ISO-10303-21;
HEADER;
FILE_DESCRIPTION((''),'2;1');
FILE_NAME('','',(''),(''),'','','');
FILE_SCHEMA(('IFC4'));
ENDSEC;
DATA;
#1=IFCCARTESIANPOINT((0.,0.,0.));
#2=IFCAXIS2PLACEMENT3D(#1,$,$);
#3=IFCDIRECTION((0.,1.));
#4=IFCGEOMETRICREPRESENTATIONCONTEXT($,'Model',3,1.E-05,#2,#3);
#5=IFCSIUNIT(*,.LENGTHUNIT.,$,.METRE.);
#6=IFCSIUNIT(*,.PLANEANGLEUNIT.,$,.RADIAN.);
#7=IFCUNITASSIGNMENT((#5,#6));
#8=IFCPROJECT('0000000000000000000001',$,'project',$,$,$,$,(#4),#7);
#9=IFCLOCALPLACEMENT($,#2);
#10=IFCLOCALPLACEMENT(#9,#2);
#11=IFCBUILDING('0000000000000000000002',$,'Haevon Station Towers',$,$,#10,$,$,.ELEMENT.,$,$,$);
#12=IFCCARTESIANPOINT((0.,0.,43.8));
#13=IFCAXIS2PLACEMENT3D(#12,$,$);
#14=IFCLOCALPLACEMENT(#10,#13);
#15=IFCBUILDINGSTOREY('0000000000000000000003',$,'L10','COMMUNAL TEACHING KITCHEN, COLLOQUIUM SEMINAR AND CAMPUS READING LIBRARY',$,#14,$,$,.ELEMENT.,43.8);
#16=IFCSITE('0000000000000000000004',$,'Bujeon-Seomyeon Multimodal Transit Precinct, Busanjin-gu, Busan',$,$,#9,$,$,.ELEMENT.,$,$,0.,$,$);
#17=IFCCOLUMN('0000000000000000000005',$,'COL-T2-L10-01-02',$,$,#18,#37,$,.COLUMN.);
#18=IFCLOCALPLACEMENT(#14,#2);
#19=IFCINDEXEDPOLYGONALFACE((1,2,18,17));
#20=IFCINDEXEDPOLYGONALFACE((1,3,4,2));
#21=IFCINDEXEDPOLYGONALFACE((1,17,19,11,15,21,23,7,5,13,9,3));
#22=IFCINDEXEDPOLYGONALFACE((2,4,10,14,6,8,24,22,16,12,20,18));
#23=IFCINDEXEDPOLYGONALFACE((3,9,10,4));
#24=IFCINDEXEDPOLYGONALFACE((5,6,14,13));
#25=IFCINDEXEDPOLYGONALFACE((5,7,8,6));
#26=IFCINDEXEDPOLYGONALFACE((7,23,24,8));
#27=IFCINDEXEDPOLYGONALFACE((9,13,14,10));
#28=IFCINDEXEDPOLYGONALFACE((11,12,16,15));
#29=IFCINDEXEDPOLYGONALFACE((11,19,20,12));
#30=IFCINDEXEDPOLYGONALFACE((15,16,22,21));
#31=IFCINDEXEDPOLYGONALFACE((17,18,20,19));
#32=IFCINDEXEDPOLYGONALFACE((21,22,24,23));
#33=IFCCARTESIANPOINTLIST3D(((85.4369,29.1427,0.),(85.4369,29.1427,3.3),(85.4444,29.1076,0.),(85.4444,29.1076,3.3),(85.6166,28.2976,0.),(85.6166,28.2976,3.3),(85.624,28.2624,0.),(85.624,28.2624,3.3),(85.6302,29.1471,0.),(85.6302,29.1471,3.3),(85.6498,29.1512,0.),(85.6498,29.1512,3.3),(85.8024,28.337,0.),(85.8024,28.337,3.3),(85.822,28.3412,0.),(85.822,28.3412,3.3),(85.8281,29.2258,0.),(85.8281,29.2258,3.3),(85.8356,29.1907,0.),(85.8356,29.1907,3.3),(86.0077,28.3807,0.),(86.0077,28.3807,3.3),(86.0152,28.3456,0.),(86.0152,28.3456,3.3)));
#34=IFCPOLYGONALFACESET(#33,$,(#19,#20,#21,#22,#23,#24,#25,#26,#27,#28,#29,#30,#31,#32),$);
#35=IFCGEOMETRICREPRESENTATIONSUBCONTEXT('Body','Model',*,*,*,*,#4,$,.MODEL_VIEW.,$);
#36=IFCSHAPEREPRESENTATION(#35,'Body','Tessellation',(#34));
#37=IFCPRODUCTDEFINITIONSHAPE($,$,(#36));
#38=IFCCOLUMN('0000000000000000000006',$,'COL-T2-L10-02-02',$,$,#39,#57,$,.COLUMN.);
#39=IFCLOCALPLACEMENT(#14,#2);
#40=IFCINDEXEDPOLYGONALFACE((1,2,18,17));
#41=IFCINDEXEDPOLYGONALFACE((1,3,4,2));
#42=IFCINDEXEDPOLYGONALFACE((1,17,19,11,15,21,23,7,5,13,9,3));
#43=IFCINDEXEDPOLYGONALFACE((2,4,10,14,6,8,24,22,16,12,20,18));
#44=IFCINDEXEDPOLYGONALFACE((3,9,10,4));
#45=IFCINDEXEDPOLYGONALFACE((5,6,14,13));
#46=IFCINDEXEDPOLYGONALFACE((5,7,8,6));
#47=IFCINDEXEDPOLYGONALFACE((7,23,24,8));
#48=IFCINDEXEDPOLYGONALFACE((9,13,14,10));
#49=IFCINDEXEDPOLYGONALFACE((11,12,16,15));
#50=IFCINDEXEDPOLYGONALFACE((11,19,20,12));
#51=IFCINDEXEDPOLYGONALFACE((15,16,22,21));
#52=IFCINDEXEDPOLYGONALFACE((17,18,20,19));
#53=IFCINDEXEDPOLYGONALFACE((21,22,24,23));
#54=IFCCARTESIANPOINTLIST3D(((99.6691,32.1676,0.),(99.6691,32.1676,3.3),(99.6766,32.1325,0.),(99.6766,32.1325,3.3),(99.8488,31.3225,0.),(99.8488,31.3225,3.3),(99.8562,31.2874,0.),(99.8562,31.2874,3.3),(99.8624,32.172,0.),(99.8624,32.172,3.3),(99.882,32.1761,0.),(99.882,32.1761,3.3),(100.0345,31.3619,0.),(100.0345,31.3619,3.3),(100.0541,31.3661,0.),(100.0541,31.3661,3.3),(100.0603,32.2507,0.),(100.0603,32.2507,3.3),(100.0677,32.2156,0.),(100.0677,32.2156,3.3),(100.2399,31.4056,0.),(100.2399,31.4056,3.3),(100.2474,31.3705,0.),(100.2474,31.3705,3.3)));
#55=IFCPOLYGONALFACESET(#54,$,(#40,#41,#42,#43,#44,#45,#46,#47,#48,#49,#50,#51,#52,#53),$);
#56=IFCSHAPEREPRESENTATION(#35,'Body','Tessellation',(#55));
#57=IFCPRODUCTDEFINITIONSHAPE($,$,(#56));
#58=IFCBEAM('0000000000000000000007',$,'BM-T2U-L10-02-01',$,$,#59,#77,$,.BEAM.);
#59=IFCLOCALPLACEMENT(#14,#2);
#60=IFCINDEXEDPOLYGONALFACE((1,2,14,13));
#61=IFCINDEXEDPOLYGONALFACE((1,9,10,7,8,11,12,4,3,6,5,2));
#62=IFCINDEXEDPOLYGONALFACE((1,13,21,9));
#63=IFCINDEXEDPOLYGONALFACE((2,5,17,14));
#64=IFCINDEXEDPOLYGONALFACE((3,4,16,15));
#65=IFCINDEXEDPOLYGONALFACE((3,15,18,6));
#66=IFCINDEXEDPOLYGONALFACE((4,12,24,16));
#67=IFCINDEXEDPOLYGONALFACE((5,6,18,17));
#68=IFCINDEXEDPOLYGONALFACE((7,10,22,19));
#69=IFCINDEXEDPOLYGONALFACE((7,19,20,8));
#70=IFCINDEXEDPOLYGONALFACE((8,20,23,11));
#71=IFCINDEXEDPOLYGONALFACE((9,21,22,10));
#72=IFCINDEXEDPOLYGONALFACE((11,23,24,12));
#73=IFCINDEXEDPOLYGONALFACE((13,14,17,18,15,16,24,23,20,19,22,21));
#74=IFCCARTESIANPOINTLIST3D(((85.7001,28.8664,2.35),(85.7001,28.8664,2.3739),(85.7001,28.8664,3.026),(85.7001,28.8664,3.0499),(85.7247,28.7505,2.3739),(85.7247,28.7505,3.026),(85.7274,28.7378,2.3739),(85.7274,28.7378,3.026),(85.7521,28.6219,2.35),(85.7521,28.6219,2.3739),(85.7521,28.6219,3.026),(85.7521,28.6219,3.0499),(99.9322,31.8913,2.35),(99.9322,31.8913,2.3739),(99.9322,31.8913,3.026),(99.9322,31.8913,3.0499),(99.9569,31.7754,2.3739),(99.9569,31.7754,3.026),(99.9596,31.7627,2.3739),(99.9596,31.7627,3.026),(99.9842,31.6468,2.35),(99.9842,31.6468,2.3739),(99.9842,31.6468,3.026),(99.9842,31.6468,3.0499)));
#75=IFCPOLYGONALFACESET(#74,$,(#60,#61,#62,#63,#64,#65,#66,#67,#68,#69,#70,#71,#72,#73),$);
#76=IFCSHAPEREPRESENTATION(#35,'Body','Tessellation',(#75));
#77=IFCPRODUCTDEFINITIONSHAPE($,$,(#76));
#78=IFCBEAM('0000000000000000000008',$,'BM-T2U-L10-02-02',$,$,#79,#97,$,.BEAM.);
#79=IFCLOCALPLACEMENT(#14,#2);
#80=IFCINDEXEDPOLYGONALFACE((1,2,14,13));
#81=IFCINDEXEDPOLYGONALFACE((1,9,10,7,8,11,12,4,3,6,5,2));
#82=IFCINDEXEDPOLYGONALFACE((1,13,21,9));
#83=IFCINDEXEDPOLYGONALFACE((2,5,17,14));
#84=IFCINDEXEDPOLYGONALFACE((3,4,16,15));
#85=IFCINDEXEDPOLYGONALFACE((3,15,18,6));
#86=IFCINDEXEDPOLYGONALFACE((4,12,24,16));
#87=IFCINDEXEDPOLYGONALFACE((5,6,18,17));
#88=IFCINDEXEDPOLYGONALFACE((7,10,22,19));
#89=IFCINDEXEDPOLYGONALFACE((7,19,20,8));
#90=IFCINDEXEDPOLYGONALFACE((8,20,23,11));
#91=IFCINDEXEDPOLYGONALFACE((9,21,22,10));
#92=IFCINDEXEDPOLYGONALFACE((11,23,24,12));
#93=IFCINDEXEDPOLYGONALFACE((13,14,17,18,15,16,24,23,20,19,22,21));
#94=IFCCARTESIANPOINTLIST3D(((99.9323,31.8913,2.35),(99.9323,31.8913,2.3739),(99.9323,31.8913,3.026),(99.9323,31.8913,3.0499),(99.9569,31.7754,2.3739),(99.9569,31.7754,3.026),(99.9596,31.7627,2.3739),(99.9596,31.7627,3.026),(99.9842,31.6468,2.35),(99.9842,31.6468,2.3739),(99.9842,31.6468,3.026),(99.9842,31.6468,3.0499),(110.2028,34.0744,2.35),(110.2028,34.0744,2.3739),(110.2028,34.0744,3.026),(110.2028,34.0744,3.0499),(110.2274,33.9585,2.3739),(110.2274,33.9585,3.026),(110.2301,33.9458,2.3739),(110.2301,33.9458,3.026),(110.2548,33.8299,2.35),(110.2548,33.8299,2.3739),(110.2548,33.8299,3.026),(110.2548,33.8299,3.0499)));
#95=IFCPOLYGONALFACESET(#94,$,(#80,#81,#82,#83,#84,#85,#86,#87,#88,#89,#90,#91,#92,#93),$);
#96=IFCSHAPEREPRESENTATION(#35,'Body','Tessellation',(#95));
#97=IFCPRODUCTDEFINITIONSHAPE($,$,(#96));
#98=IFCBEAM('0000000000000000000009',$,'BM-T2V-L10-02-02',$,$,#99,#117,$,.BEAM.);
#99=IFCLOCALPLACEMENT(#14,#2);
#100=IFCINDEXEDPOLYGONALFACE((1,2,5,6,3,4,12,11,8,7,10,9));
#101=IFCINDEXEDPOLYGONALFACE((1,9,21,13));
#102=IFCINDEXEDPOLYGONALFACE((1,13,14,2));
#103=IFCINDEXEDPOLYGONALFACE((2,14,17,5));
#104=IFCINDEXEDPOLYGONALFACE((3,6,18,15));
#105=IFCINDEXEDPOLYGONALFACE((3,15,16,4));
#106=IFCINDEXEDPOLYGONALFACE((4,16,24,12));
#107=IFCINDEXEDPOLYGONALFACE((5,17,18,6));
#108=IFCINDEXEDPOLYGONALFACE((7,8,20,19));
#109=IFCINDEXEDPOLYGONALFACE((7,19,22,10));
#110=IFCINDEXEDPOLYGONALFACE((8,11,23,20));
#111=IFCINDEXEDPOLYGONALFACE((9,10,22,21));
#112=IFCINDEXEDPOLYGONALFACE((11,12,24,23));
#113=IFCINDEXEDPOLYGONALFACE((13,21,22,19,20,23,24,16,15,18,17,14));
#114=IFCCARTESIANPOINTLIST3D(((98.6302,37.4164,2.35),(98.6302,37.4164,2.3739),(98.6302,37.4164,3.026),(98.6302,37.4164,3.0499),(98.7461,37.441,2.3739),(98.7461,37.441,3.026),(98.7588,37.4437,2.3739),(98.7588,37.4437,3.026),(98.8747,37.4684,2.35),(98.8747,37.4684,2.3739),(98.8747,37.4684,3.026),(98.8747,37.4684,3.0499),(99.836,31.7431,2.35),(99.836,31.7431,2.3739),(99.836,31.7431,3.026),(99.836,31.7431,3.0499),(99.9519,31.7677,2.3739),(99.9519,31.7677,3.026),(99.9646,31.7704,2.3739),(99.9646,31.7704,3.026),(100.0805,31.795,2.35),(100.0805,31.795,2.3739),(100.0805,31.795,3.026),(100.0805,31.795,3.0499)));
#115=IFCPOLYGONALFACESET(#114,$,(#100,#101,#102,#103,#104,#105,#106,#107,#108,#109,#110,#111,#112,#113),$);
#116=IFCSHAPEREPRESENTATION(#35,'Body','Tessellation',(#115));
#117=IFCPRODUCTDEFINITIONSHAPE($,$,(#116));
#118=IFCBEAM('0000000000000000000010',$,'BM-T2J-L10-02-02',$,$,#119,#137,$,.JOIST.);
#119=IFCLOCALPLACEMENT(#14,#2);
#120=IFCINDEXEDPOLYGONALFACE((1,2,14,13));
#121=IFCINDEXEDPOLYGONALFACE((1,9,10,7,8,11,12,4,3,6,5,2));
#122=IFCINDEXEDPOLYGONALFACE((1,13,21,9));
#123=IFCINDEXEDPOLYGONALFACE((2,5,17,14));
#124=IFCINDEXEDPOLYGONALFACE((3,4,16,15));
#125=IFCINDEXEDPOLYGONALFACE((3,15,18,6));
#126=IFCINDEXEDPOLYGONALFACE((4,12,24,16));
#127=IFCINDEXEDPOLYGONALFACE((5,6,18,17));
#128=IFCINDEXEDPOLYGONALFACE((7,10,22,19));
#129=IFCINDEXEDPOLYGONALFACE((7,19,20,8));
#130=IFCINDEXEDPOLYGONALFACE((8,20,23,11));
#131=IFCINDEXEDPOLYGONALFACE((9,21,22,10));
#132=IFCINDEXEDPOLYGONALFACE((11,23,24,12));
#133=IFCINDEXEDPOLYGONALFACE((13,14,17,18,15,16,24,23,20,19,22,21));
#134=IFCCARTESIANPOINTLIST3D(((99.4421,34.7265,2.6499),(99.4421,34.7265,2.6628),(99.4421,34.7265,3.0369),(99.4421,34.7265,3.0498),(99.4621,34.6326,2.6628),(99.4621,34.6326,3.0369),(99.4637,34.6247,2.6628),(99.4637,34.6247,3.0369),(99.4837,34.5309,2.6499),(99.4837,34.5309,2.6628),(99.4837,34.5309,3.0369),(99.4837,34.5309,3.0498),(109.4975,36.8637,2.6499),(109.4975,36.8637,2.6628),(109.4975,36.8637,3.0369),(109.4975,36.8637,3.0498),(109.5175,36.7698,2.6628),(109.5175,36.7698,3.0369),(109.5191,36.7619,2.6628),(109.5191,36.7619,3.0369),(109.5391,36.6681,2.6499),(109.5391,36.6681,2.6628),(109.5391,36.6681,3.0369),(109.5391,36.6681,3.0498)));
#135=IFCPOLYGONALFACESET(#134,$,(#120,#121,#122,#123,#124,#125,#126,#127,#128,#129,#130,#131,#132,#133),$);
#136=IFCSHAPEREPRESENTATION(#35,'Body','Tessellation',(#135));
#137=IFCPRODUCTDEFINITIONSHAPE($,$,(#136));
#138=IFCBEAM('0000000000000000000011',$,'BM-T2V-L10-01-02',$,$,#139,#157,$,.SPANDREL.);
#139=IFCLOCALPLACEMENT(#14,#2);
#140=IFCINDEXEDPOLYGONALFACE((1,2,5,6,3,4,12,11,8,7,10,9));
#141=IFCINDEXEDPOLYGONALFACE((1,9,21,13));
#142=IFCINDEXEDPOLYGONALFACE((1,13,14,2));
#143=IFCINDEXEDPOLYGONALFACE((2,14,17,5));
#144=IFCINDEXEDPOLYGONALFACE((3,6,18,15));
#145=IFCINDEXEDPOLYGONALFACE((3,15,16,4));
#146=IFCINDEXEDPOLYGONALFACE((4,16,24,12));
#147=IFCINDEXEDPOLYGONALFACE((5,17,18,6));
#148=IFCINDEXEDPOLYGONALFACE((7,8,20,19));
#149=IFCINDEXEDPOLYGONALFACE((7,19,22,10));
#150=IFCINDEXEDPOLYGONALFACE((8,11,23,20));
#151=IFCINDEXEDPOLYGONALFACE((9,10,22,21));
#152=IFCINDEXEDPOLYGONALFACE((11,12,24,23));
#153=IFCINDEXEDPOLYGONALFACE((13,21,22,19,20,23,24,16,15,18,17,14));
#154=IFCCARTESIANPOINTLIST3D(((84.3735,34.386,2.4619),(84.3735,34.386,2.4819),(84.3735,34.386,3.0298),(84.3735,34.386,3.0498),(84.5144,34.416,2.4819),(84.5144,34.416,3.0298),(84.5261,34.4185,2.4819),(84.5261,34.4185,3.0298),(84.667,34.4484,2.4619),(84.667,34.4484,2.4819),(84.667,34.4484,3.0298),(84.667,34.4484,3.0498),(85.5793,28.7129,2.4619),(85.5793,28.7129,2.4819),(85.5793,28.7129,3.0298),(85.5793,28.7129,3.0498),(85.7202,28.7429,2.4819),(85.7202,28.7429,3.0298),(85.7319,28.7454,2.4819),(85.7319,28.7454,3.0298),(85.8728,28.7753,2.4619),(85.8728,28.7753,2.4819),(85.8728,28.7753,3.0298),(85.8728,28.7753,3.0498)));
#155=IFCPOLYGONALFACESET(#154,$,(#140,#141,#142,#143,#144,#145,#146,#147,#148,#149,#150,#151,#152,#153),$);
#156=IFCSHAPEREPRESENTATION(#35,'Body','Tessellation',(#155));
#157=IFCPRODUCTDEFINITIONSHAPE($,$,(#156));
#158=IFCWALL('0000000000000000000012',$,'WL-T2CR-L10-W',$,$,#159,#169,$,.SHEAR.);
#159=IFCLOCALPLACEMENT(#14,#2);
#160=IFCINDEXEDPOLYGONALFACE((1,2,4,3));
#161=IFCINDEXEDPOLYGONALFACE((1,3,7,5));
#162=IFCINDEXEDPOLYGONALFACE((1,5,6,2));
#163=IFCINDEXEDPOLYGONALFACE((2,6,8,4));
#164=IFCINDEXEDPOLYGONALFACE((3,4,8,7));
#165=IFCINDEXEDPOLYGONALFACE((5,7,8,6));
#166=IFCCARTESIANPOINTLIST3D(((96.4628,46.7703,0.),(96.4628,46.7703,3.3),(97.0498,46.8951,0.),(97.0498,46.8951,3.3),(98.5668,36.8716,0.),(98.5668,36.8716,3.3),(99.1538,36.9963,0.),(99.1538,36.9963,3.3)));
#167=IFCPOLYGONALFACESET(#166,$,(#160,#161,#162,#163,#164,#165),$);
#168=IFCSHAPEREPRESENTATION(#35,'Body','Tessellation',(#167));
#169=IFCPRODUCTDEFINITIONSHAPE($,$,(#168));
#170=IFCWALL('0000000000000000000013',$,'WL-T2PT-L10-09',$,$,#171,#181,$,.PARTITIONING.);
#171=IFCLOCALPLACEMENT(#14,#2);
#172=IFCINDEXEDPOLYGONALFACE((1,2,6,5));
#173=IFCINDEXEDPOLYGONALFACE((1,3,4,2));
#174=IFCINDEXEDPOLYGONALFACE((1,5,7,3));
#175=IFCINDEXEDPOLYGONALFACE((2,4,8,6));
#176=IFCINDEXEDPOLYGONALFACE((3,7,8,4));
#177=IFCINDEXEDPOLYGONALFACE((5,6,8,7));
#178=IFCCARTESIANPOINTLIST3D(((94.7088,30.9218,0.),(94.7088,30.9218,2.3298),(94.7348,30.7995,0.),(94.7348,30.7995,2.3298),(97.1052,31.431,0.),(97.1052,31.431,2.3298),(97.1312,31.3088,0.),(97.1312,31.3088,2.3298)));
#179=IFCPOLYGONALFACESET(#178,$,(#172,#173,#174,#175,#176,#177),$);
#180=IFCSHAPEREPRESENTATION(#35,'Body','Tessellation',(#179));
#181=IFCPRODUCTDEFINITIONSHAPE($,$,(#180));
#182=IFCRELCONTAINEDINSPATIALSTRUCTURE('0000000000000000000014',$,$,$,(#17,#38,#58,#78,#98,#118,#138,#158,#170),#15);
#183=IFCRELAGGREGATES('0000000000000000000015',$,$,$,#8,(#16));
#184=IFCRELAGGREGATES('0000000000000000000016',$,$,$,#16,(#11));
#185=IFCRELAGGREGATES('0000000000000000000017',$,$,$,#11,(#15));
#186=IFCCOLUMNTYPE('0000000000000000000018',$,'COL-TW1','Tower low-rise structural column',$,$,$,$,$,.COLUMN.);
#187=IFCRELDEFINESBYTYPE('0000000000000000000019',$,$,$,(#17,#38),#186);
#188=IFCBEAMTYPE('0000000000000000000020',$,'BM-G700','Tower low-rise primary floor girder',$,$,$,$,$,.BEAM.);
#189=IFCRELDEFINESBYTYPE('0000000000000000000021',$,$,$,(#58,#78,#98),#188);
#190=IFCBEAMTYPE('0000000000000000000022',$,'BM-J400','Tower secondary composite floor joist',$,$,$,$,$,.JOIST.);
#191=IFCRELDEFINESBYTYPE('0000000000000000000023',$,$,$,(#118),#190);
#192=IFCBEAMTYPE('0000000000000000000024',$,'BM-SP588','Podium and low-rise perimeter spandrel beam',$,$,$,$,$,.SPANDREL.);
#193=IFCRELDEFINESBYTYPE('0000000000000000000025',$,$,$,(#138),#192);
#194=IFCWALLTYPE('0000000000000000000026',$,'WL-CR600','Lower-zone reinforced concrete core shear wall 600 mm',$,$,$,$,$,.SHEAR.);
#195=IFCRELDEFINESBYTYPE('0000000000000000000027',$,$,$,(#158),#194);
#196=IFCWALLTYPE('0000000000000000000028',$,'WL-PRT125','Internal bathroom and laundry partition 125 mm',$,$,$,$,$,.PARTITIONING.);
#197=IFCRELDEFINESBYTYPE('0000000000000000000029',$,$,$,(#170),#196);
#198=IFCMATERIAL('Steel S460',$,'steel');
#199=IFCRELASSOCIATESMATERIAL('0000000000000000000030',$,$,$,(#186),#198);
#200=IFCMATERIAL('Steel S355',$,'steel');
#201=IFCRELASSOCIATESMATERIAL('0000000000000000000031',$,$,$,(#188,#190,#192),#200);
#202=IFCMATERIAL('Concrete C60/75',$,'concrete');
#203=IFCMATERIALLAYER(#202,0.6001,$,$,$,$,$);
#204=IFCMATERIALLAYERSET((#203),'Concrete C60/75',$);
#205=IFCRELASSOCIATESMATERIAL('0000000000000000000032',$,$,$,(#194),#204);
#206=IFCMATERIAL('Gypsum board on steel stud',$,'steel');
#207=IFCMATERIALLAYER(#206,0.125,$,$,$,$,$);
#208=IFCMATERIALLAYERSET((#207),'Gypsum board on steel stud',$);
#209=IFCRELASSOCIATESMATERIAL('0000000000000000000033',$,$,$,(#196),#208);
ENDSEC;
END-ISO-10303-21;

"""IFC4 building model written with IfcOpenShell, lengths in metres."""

from ifc_helpers import new_model, si_unit, direction, frame, frame_2d, origin, origin_2d, place, context, subcontext, project, spatial, rectangle, i_section, extrude, material, layer, layer_set, material_profile, profile_set, type_object, element, save


model = new_model("IFC4")

# Units and contexts
model_context = context("Model", 3, precision=1e-05, world=origin(), true_north=direction((0.0, 1.0)))
body_context = subcontext(model_context, "Body", "Model", "MODEL_VIEW")
ifc_project = project(units=[si_unit("LENGTHUNIT", "METRE"), si_unit("PLANEANGLEUNIT", "RADIAN")], contexts=[model_context])

# Site, building, storey
site_placement = place(None, origin())
site = spatial("IfcSite", under=ifc_project, at=site_placement, Name="Bujeon-Seomyeon Multimodal Transit Precinct, Busanjin-gu, Busan", CompositionType="ELEMENT", RefElevation=0.0)
building_placement = place(site_placement, origin())
building = spatial("IfcBuilding", under=site, at=building_placement, Name="Haevon Station Towers", CompositionType="ELEMENT")
storey_placement = place(building_placement, frame((0.0, 0.0, 43.8)))
storey = spatial("IfcBuildingStorey", under=building, at=storey_placement, Name="L10", Description="COMMUNAL TEACHING KITCHEN, COLLOQUIUM SEMINAR AND CAMPUS READING LIBRARY", CompositionType="ELEMENT", Elevation=43.8)

# Columns
ifc_material_1 = material(Name="Steel S460", Category="steel")
ifc_material_profile_1 = material_profile(ifc_material_1, i_section(OverallWidth=0.3999, OverallDepth=0.8999, WebThickness=0.02, FlangeThickness=0.0359, at=origin_2d()), Name="H-900x400x20x36")
ifc_profile_set_1 = profile_set([ifc_material_profile_1], Name="Steel S460")
column_type = type_object("IfcColumnType", Name="COL-TW1", Description="Tower low-rise structural column", PredefinedType="COLUMN", material=ifc_profile_set_1)
for number, where, z_axis, x_axis, name in (
    (1, (85.7261, 28.7441, 0.0), (0.0, 0.0, 1.0), (0.978148, 0.207912, 0.0), "COL-T2-L10-01-02"),
    (2, (99.9583, 31.769, 0.0), (0.0, 0.0, 1.0), (0.978148, 0.207912, 0.0), "COL-T2-L10-02-02"),
):
    element("IfcColumn", number, at=place(storey_placement, frame(where, z_axis=z_axis, x_axis=x_axis)), inside=storey, type_object=column_type, Name=name, PredefinedType="COLUMN", context=body_context, shape_type="SweptSolid", body=[
        extrude(i_section(OverallWidth=0.3999, OverallDepth=0.8999, WebThickness=0.02, FlangeThickness=0.0359, at=origin_2d()), origin(), (0.0, 0.0, 1.0), 3.3),
    ])

# Beams
ifc_material_2 = material(Name="Steel S355", Category="steel")
ifc_material_profile_2 = material_profile(ifc_material_2, i_section(OverallWidth=0.25, OverallDepth=0.7, WebThickness=0.0129, FlangeThickness=0.0239, at=origin_2d()), Name="H-700x250x13x24")
ifc_profile_set_2 = profile_set([ifc_material_profile_2], Name="Steel S355")
beam_type_1 = type_object("IfcBeamType", Name="BM-G700", Description="Tower low-rise primary floor girder", PredefinedType="BEAM", material=ifc_profile_set_2)
beam_1_placement = place(storey_placement, frame((85.7261, 28.7441, 2.7), z_axis=(0.978151, 0.207896, 0.0), x_axis=(-0.207896, 0.978151, 0.0)))
element("IfcBeam", 3, at=beam_1_placement, inside=storey, type_object=beam_type_1, Name="BM-T2U-L10-02-01", PredefinedType="BEAM", context=body_context, shape_type="SweptSolid", body=[
    extrude(i_section(OverallWidth=0.25, OverallDepth=0.7, WebThickness=0.0129, FlangeThickness=0.0239, at=origin_2d()), origin(), (0.0, 0.0, 1.0), 14.55),
])
beam_2_placement = place(storey_placement, frame((99.9583, 31.769, 2.7), z_axis=(0.978147, 0.207915, 0.0), x_axis=(-0.207915, 0.978147, 0.0)))
element("IfcBeam", 4, at=beam_2_placement, inside=storey, type_object=beam_type_1, Name="BM-T2U-L10-02-02", PredefinedType="BEAM", context=body_context, shape_type="SweptSolid", body=[
    extrude(i_section(OverallWidth=0.25, OverallDepth=0.7, WebThickness=0.0129, FlangeThickness=0.0239, at=origin_2d()), origin(), (0.0, 0.0, 1.0), 10.5),
])
beam_3_placement = place(storey_placement, frame((99.9583, 31.769, 2.7), z_axis=(-0.207896, 0.978151, 0.0), x_axis=(-0.978151, -0.207896, 0.0)))
element("IfcBeam", 5, at=beam_3_placement, inside=storey, type_object=beam_type_1, Name="BM-T2V-L10-02-02", PredefinedType="BEAM", context=body_context, shape_type="SweptSolid", body=[
    extrude(i_section(OverallWidth=0.25, OverallDepth=0.7, WebThickness=0.0129, FlangeThickness=0.0239, at=origin_2d()), origin(), (0.0, 0.0, 1.0), 5.8),
])
ifc_material_profile_3 = material_profile(ifc_material_2, i_section(OverallWidth=0.2, OverallDepth=0.3999, WebThickness=0.0081, FlangeThickness=0.0129, at=origin_2d()), Name="H-400x200x8x13")
ifc_profile_set_3 = profile_set([ifc_material_profile_3], Name="Steel S355")
beam_type_2 = type_object("IfcBeamType", Name="BM-J400", Description="Tower secondary composite floor joist", PredefinedType="JOIST", material=ifc_profile_set_3)
beam_4_placement = place(storey_placement, frame((99.4629, 34.6287, 2.8499), z_axis=(0.97815, 0.207899, 0.0), x_axis=(-0.207899, 0.97815, 0.0)))
element("IfcBeam", 6, at=beam_4_placement, inside=storey, type_object=beam_type_2, Name="BM-T2J-L10-02-02", PredefinedType="JOIST", context=body_context, shape_type="SweptSolid", body=[
    extrude(i_section(OverallWidth=0.2, OverallDepth=0.3999, WebThickness=0.0081, FlangeThickness=0.0129, at=origin_2d()), origin(), (0.0, 0.0, 1.0), 10.28),
])
ifc_material_profile_4 = material_profile(ifc_material_2, i_section(OverallWidth=0.3, OverallDepth=0.5879, WebThickness=0.012, FlangeThickness=0.02, at=origin_2d()), Name="H-588x300x12x20")
ifc_profile_set_4 = profile_set([ifc_material_profile_4], Name="Steel S355")
beam_type_3 = type_object("IfcBeamType", Name="BM-SP588", Description="Podium and low-rise perimeter spandrel beam", PredefinedType="SPANDREL", material=ifc_profile_set_4)
beam_5_placement = place(storey_placement, frame((85.7261, 28.7441, 2.7559), z_axis=(-0.207905, 0.978149, 0.0), x_axis=(-0.978149, -0.207905, 0.0)))
element("IfcBeam", 7, at=beam_5_placement, inside=storey, type_object=beam_type_3, Name="BM-T2V-L10-01-02", PredefinedType="SPANDREL", context=body_context, shape_type="SweptSolid", body=[
    extrude(i_section(OverallWidth=0.3, OverallDepth=0.5879, WebThickness=0.012, FlangeThickness=0.02, at=origin_2d()), origin(), (0.0, 0.0, 1.0), 5.7998),
])

# Walls
ifc_material_3 = material(Name="Concrete C60/75", Category="concrete")
ifc_layer_1 = layer(ifc_material_3, 0.6001)
ifc_layer_set_1 = layer_set([ifc_layer_1], Name="Concrete C60/75")
wall_type_1 = type_object("IfcWallType", Name="WL-CR600", Description="Lower-zone reinforced concrete core shear wall 600 mm", PredefinedType="SHEAR", material=ifc_layer_set_1)
wall_1_placement = place(storey_placement, frame((98.8604, 36.9338, 0.0), z_axis=(0.0, 0.0, 1.0), x_axis=(-0.207909, 0.978148, 0.0)))
element("IfcWall", 8, at=wall_1_placement, inside=storey, type_object=wall_type_1, Name="WL-T2CR-L10-W", PredefinedType="SHEAR", context=body_context, shape_type="SweptSolid", body=[
    extrude(rectangle(XDim=10.1199, YDim=0.6001, at=frame_2d((5.0601, 0.0))), origin(), (0.0, 0.0, 1.0), 3.3),
])
ifc_material_4 = material(Name="Gypsum board on steel stud", Category="steel")
ifc_layer_2 = layer(ifc_material_4, 0.125)
ifc_layer_set_2 = layer_set([ifc_layer_2], Name="Gypsum board on steel stud")
wall_type_2 = type_object("IfcWallType", Name="WL-PRT125", Description="Internal bathroom and laundry partition 125 mm", PredefinedType="PARTITIONING", material=ifc_layer_set_2)
wall_2_placement = place(storey_placement, frame((94.7217, 30.8606, 0.0), z_axis=(0.0, 0.0, 1.0), x_axis=(0.978157, 0.207868, 0.0)))
element("IfcWall", 9, at=wall_2_placement, inside=storey, type_object=wall_type_2, Name="WL-T2PT-L10-09", PredefinedType="PARTITIONING", context=body_context, shape_type="SweptSolid", body=[
    extrude(rectangle(XDim=2.45, YDim=0.125, at=frame_2d((1.2251, 0.0))), origin(), (0.0, 0.0, 1.0), 2.3298),
])

save(model, "model.ifc")
